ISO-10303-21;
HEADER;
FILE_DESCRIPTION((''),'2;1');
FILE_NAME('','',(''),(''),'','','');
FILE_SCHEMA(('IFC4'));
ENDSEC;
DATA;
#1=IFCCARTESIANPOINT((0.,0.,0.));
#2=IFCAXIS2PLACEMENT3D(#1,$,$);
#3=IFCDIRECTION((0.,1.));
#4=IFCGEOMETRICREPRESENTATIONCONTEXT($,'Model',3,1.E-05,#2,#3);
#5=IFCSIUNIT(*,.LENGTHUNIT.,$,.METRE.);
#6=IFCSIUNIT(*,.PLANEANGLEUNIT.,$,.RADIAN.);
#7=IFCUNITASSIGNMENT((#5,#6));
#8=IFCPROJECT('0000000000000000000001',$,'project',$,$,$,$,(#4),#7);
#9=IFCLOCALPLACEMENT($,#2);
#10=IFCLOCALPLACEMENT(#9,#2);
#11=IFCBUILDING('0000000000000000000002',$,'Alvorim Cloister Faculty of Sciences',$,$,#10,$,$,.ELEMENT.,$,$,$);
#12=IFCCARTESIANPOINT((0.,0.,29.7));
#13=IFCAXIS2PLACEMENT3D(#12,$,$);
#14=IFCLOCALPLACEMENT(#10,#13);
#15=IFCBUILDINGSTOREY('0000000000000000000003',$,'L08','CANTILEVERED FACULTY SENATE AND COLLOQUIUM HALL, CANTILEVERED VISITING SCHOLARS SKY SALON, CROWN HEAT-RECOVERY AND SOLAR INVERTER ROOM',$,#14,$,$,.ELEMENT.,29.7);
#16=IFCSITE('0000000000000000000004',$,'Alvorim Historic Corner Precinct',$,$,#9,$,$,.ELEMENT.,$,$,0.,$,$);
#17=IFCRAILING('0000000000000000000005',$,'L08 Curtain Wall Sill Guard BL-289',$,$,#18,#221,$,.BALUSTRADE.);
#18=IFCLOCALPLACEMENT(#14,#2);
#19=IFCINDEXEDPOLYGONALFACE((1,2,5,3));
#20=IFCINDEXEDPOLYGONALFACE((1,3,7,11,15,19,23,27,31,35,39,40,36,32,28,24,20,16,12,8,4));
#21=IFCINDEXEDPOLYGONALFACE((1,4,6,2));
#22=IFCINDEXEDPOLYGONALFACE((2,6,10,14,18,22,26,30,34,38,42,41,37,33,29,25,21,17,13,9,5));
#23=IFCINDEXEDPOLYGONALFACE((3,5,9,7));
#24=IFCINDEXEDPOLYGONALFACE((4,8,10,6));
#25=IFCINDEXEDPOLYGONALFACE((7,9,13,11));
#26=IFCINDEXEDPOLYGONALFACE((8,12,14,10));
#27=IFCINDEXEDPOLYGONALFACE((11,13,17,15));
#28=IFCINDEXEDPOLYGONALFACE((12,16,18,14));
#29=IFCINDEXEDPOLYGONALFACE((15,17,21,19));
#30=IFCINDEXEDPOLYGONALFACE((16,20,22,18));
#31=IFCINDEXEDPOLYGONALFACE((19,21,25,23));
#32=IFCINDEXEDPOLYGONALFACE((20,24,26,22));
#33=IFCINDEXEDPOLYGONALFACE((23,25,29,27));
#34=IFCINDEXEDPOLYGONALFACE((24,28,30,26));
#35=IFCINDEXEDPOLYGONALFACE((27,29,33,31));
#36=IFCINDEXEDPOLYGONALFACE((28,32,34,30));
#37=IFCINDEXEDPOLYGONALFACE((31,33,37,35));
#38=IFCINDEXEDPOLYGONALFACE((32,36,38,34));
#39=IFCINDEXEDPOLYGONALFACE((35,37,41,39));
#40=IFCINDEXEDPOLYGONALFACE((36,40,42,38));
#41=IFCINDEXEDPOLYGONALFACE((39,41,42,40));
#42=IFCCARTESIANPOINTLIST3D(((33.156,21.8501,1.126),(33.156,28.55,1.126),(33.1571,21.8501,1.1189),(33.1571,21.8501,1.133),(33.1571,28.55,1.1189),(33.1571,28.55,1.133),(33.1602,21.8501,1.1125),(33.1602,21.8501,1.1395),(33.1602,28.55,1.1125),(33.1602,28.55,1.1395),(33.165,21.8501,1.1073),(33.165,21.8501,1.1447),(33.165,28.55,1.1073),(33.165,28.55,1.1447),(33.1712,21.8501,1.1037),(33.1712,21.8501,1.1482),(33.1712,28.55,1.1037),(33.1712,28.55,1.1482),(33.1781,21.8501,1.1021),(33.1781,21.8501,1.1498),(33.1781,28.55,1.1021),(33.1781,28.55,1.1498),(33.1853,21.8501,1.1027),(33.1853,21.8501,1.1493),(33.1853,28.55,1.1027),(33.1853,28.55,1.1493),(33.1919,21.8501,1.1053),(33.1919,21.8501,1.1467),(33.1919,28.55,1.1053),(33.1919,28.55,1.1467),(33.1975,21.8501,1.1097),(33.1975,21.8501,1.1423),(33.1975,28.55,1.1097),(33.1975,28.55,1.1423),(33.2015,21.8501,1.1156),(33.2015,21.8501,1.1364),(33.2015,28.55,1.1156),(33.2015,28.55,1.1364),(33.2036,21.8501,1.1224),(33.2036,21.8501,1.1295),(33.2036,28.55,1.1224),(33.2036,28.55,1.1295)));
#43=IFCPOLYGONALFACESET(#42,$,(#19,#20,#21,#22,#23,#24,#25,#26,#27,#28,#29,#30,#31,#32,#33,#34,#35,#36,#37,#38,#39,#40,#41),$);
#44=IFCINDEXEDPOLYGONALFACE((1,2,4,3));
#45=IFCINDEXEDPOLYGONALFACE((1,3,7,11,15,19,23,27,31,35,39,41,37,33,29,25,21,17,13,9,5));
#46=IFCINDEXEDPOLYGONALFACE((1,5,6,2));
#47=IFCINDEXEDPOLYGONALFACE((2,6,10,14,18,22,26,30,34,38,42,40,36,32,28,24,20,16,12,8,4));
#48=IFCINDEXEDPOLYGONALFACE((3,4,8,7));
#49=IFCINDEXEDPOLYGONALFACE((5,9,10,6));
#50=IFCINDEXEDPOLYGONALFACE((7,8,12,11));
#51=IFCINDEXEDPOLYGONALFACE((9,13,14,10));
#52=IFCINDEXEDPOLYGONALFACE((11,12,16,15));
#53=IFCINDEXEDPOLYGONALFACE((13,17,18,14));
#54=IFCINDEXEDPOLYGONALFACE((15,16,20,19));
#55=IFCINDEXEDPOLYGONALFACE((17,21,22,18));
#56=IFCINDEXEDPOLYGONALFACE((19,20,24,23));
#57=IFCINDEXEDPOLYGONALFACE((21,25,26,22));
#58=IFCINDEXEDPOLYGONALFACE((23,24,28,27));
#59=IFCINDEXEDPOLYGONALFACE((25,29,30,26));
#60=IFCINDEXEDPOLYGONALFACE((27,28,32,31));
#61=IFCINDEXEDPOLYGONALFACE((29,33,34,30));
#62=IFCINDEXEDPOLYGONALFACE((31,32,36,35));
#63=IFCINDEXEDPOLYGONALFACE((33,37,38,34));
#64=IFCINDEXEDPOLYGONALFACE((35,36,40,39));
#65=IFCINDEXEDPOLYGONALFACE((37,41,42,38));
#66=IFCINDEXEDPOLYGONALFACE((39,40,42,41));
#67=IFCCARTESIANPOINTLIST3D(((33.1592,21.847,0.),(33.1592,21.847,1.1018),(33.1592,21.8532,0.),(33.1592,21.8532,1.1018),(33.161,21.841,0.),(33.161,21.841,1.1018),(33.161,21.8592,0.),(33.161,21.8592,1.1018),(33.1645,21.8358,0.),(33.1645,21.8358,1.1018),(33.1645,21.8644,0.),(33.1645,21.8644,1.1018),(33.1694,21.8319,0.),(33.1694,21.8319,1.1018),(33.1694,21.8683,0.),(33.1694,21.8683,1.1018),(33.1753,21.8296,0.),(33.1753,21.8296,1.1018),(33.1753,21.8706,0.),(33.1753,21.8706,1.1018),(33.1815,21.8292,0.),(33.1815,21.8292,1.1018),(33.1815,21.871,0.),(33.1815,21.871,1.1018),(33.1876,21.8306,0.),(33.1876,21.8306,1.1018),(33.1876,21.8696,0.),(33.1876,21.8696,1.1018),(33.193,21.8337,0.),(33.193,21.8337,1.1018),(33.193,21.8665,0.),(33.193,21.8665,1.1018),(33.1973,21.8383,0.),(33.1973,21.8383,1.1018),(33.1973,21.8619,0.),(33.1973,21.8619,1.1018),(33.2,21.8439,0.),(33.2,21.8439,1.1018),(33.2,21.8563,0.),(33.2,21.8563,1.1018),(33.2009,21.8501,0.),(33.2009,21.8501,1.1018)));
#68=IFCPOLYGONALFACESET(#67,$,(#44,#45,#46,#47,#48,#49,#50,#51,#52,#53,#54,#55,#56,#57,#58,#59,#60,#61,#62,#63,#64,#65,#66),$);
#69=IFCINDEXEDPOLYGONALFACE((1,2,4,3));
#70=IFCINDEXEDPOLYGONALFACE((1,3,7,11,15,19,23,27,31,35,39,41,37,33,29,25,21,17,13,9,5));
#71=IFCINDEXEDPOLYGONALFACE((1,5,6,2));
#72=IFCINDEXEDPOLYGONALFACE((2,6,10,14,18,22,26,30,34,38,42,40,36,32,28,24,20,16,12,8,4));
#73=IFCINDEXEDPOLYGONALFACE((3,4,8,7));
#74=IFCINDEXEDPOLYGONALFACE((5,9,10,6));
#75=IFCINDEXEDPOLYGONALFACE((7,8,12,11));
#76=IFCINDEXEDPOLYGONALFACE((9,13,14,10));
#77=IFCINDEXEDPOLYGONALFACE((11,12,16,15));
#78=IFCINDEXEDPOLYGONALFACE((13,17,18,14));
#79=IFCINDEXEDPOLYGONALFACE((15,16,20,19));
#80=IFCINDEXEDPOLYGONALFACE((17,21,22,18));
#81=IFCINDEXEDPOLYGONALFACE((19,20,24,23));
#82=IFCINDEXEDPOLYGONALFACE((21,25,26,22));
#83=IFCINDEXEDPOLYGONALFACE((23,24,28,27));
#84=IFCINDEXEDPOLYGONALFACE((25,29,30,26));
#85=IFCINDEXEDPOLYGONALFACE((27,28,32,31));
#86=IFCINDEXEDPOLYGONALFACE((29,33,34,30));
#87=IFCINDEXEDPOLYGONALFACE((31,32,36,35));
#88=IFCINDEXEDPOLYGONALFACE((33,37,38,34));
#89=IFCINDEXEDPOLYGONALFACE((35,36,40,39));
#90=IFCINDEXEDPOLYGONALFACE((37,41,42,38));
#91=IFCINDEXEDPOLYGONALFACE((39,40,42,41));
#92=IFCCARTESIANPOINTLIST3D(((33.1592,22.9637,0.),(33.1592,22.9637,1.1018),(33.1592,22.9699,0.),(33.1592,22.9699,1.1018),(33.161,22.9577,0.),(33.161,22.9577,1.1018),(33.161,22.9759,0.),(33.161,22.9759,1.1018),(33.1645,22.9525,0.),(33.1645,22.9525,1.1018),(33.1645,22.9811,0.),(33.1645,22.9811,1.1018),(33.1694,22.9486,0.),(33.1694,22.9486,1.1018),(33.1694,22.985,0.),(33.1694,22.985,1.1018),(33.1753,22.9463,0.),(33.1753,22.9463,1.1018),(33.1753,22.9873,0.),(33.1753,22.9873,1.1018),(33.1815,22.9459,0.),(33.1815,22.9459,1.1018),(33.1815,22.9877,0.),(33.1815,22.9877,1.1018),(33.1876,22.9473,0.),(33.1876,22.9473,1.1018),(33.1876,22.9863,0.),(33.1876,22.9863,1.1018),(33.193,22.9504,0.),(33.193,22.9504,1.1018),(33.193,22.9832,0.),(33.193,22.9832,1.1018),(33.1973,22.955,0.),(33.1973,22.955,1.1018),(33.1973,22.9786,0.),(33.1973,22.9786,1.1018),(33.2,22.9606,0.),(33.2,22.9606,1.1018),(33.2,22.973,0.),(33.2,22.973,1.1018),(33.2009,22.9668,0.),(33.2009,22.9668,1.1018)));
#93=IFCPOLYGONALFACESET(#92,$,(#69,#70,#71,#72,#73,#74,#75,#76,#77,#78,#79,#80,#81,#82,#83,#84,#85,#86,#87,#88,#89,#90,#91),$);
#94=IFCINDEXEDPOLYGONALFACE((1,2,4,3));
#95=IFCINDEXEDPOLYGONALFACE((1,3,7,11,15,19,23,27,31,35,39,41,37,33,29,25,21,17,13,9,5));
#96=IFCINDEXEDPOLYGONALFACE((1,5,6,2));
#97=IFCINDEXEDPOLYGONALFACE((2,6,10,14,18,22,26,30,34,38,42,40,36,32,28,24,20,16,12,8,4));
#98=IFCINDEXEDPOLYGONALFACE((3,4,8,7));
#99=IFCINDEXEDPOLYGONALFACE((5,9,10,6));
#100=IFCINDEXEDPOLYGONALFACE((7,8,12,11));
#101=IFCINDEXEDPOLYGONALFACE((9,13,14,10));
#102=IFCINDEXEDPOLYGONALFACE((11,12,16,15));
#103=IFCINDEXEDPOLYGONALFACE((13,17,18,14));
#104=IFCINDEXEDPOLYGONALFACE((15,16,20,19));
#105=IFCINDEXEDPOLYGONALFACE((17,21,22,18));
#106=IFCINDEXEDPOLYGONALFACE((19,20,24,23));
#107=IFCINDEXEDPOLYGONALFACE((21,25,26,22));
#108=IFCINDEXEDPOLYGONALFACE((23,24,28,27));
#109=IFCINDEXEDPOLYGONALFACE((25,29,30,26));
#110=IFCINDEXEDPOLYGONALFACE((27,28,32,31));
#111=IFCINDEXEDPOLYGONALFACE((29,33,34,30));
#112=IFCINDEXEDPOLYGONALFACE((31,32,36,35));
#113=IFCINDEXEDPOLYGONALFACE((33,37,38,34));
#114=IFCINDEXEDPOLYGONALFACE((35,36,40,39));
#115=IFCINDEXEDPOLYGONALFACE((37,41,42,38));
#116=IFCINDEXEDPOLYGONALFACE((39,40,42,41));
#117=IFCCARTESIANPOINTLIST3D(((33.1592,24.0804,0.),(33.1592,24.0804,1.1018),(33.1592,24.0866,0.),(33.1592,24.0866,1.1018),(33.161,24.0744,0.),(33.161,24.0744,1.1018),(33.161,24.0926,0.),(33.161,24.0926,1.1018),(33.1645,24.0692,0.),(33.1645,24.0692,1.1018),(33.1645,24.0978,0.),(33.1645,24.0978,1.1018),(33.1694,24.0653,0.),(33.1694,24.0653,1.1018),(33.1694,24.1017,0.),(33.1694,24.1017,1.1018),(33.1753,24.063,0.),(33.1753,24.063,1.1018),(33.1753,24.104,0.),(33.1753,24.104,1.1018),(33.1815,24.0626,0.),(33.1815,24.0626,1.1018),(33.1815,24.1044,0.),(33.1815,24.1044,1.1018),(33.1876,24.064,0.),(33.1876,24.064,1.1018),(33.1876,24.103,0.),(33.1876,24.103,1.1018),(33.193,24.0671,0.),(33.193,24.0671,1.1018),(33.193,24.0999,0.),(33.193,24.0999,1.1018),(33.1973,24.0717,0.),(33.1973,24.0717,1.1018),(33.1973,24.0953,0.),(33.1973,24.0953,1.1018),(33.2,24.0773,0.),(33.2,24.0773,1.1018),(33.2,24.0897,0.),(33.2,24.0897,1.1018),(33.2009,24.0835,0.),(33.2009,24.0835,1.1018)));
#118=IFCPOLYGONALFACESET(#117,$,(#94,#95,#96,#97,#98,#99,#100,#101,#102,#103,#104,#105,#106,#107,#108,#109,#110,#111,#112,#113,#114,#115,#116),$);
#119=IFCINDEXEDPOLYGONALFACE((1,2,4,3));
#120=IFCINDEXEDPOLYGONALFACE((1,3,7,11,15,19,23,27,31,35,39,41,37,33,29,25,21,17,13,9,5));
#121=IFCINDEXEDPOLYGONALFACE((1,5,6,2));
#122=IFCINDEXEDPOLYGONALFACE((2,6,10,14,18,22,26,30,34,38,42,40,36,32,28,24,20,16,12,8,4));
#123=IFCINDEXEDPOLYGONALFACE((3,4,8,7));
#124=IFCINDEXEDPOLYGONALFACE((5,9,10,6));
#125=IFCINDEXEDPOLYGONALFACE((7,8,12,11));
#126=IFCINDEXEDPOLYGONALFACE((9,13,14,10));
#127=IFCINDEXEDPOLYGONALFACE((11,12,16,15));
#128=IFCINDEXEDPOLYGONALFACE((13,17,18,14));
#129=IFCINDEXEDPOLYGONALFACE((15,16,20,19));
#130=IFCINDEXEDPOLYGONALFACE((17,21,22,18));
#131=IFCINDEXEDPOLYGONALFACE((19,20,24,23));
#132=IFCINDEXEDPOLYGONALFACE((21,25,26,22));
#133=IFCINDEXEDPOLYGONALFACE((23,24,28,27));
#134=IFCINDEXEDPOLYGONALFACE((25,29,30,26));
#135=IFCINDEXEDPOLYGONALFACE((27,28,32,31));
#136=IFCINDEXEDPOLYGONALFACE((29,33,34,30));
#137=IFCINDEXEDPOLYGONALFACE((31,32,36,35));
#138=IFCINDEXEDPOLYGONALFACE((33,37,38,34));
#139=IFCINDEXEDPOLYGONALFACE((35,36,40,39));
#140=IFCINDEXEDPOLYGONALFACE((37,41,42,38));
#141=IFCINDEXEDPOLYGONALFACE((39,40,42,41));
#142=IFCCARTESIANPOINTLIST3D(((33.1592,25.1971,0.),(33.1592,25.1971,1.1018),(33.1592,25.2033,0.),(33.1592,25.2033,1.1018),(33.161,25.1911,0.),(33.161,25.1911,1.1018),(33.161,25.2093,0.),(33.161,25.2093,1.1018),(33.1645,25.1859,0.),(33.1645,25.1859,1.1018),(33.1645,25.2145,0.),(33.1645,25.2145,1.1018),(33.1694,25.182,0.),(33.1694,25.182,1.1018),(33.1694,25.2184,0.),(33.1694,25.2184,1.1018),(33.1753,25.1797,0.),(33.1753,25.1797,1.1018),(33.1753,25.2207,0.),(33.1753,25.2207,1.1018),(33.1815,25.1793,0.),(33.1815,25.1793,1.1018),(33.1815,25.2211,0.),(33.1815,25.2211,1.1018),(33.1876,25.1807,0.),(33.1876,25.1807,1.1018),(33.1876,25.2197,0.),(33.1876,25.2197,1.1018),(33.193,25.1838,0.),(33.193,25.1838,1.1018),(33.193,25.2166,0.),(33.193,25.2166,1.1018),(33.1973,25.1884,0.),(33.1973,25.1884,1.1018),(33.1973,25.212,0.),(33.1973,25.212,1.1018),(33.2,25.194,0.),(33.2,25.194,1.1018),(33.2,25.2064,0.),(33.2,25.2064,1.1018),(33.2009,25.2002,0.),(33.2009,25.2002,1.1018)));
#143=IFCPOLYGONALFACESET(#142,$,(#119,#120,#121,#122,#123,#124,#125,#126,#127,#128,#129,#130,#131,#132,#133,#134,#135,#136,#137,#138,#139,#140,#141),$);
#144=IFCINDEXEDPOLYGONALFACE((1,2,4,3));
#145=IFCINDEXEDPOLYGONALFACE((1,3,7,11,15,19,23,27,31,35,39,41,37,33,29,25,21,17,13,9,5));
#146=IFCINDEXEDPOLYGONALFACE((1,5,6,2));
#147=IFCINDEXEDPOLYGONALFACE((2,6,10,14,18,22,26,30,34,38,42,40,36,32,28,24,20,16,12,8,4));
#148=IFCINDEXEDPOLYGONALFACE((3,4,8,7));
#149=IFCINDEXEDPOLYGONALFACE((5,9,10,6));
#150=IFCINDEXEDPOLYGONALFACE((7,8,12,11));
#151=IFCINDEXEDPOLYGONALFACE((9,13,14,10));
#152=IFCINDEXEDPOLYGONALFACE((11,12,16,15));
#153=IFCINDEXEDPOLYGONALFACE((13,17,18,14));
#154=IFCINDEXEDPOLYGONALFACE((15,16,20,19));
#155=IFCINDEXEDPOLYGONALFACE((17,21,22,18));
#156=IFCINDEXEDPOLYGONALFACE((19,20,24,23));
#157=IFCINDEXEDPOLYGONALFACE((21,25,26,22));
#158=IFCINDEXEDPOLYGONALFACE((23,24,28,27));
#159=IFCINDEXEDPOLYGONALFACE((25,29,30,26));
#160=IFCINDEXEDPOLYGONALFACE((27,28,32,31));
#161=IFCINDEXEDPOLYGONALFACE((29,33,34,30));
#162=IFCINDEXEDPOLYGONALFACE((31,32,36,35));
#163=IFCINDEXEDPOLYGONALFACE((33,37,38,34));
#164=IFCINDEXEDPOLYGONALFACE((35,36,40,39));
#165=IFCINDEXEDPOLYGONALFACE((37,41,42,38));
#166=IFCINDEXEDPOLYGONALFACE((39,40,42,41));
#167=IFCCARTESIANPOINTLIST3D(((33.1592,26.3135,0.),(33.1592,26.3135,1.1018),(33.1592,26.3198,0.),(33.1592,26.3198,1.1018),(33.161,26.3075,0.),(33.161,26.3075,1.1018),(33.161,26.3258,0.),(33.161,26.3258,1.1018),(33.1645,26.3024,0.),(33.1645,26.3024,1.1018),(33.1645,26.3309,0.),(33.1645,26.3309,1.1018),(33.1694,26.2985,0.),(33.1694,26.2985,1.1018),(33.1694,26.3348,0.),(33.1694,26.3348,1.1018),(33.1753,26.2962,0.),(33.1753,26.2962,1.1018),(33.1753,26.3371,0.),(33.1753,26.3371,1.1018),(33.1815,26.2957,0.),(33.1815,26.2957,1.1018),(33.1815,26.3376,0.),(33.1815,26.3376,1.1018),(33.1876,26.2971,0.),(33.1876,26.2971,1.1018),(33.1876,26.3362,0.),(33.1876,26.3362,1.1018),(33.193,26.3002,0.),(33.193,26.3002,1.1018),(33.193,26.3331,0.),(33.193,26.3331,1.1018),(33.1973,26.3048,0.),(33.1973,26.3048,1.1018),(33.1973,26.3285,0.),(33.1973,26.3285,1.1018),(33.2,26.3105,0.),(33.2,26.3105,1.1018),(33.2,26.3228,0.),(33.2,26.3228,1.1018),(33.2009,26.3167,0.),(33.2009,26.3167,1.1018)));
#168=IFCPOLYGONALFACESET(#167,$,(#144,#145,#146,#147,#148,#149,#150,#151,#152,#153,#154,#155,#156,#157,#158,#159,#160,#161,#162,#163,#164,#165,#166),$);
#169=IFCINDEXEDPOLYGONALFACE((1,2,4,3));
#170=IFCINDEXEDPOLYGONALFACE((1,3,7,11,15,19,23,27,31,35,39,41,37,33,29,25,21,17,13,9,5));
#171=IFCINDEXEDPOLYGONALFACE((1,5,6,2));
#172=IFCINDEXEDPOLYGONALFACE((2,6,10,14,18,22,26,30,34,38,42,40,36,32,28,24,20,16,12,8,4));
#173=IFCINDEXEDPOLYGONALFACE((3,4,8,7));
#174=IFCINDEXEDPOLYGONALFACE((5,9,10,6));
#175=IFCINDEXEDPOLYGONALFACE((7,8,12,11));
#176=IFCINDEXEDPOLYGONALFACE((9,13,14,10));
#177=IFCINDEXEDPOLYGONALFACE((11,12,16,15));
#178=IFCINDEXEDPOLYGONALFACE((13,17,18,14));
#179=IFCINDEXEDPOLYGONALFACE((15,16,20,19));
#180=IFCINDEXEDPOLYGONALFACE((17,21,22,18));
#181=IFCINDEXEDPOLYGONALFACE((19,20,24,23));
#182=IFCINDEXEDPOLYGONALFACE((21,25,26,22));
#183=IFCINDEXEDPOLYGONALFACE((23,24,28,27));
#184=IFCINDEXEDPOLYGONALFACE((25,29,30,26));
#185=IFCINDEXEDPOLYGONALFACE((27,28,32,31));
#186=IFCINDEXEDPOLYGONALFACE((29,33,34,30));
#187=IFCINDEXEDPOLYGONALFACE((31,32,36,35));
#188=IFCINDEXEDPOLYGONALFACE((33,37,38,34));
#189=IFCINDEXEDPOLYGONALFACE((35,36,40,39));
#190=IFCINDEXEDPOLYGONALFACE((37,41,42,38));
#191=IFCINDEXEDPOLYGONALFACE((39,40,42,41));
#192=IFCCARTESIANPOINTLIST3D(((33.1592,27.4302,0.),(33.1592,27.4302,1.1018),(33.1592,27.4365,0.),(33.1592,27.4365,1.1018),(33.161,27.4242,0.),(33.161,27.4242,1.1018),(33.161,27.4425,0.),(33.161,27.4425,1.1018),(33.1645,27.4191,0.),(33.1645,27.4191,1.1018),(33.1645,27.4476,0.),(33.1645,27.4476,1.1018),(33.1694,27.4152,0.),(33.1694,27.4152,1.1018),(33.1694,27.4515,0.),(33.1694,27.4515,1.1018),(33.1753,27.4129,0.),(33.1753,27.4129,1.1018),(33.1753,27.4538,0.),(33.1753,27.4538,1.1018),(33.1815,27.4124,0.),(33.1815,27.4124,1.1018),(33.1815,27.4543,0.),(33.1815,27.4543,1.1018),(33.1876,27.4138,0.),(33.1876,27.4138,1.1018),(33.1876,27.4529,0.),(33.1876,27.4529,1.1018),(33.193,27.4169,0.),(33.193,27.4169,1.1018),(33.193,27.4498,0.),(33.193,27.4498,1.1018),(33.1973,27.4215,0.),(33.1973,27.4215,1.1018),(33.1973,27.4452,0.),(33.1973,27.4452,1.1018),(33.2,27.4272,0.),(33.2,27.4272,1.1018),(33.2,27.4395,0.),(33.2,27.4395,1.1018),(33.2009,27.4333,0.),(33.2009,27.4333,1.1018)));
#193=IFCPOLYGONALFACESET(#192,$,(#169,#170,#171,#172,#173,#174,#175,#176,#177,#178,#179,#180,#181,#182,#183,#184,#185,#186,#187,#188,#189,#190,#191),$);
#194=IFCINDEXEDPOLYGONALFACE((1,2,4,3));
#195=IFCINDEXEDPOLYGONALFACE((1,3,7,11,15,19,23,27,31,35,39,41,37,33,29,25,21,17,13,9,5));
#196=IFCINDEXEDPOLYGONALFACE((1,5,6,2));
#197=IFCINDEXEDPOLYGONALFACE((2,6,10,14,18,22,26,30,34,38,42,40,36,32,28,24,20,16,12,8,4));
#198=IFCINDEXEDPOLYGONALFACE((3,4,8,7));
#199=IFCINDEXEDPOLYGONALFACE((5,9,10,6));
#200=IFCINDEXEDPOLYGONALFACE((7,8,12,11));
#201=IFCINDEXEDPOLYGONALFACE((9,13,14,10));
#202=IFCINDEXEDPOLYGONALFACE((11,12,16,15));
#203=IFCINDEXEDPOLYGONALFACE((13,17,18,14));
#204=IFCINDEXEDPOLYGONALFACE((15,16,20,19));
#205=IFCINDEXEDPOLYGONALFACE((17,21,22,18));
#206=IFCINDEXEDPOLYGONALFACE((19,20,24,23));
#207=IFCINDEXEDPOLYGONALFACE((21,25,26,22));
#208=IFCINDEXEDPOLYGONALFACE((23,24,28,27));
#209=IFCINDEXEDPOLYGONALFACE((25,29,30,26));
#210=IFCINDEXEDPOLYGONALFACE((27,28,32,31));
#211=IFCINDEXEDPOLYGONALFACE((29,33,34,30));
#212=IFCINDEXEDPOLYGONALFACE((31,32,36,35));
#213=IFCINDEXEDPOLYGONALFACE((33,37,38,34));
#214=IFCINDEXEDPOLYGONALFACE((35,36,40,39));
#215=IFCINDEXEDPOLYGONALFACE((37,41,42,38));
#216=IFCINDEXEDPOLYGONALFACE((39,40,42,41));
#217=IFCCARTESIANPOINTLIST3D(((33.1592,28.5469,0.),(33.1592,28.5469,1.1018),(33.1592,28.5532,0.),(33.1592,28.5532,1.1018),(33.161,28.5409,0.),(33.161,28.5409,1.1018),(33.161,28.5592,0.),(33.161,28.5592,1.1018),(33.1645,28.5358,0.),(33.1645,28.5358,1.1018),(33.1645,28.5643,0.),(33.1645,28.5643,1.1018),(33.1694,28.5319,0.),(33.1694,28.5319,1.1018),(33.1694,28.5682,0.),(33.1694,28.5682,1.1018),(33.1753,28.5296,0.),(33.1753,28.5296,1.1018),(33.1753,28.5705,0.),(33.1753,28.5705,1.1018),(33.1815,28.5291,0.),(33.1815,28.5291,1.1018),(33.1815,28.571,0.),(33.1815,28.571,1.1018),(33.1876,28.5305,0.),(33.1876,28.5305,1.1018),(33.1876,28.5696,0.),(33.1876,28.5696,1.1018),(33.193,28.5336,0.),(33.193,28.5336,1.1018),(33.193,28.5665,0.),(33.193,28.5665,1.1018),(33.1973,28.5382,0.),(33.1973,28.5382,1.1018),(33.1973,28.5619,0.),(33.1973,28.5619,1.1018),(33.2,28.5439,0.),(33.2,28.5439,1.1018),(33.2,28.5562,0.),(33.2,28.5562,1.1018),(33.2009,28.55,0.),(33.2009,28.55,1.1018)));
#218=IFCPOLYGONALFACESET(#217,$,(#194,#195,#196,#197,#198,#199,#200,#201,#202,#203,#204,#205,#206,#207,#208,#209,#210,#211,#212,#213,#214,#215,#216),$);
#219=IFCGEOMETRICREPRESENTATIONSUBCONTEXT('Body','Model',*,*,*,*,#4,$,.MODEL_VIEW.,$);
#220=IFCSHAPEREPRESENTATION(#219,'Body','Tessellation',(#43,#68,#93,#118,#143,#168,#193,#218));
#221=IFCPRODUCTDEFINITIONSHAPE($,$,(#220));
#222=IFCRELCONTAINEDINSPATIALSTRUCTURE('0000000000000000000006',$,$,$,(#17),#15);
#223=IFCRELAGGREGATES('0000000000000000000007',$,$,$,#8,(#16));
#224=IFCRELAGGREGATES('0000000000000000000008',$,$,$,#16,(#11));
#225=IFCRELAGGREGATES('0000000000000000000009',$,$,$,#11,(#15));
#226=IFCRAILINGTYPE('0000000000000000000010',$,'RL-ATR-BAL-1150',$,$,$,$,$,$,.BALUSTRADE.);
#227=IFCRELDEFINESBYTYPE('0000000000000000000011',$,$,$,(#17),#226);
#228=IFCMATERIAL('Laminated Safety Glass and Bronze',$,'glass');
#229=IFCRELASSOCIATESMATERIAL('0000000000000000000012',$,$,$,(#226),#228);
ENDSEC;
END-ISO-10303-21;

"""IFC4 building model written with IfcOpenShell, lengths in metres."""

from ifc_helpers import new_model, si_unit, direction, frame, origin, origin_2d, place, context, subcontext, project, spatial, circle, extrude, material, type_object, element, save


model = new_model("IFC4")

# Units and contexts
model_context = context("Model", 3, precision=1e-05, world=origin(), true_north=direction((0.0, 1.0)))
body_context = subcontext(model_context, "Body", "Model", "MODEL_VIEW")
ifc_project = project(units=[si_unit("LENGTHUNIT", "METRE"), si_unit("PLANEANGLEUNIT", "RADIAN")], contexts=[model_context])

# Site, building, storey
site_placement = place(None, origin())
site = spatial("IfcSite", under=ifc_project, at=site_placement, Name="Alvorim Historic Corner Precinct", CompositionType="ELEMENT", RefElevation=0.0)
building_placement = place(site_placement, origin())
building = spatial("IfcBuilding", under=site, at=building_placement, Name="Alvorim Cloister Faculty of Sciences", CompositionType="ELEMENT")
storey_placement = place(building_placement, frame((0.0, 0.0, 29.7)))
storey = spatial("IfcBuildingStorey", under=building, at=storey_placement, Name="L08", Description="CANTILEVERED FACULTY SENATE AND COLLOQUIUM HALL, CANTILEVERED VISITING SCHOLARS SKY SALON, CROWN HEAT-RECOVERY AND SOLAR INVERTER ROOM", CompositionType="ELEMENT", Elevation=29.7)

# Railing
ifc_material_1 = material(Name="Laminated Safety Glass and Bronze", Category="glass")
railing_type = type_object("IfcRailingType", Name="RL-ATR-BAL-1150", PredefinedType="BALUSTRADE", material=ifc_material_1)
railing_1_placement = place(storey_placement, frame((33.1799, 21.8501, 0.0)))
element("IfcRailing", 1, at=railing_1_placement, inside=storey, type_object=railing_type, Name="L08 Curtain Wall Sill Guard BL-289", PredefinedType="BALUSTRADE", context=body_context, shape_type="SweptSolid", body=[
    extrude(circle(Radius=0.0239, at=origin_2d()), frame((0.0, 0.0, 1.126), z_axis=(0.0, 1.0, 0.0), x_axis=(-1.0, 0.0, 0.0)), (0.0, 0.0, 1.0), 6.7),
    extrude(circle(Radius=0.021, at=origin_2d()), origin(), (0.0, 0.0, 1.0), 1.1018),
    extrude(circle(Radius=0.021, at=origin_2d()), frame((0.0, 1.1167, 0.0)), (0.0, 0.0, 1.0), 1.1018),
    extrude(circle(Radius=0.021, at=origin_2d()), frame((0.0, 2.2334, 0.0)), (0.0, 0.0, 1.0), 1.1018),
    extrude(circle(Radius=0.021, at=origin_2d()), frame((0.0, 3.3501, 0.0)), (0.0, 0.0, 1.0), 1.1018),
    extrude(circle(Radius=0.021, at=origin_2d()), frame((0.0, 4.4666, 0.0)), (0.0, 0.0, 1.0), 1.1018),
    extrude(circle(Radius=0.021, at=origin_2d()), frame((0.0, 5.5833, 0.0)), (0.0, 0.0, 1.0), 1.1018),
    extrude(circle(Radius=0.021, at=origin_2d()), frame((0.0, 6.7, 0.0)), (0.0, 0.0, 1.0), 1.1018),
])

save(model, "model.ifc")
